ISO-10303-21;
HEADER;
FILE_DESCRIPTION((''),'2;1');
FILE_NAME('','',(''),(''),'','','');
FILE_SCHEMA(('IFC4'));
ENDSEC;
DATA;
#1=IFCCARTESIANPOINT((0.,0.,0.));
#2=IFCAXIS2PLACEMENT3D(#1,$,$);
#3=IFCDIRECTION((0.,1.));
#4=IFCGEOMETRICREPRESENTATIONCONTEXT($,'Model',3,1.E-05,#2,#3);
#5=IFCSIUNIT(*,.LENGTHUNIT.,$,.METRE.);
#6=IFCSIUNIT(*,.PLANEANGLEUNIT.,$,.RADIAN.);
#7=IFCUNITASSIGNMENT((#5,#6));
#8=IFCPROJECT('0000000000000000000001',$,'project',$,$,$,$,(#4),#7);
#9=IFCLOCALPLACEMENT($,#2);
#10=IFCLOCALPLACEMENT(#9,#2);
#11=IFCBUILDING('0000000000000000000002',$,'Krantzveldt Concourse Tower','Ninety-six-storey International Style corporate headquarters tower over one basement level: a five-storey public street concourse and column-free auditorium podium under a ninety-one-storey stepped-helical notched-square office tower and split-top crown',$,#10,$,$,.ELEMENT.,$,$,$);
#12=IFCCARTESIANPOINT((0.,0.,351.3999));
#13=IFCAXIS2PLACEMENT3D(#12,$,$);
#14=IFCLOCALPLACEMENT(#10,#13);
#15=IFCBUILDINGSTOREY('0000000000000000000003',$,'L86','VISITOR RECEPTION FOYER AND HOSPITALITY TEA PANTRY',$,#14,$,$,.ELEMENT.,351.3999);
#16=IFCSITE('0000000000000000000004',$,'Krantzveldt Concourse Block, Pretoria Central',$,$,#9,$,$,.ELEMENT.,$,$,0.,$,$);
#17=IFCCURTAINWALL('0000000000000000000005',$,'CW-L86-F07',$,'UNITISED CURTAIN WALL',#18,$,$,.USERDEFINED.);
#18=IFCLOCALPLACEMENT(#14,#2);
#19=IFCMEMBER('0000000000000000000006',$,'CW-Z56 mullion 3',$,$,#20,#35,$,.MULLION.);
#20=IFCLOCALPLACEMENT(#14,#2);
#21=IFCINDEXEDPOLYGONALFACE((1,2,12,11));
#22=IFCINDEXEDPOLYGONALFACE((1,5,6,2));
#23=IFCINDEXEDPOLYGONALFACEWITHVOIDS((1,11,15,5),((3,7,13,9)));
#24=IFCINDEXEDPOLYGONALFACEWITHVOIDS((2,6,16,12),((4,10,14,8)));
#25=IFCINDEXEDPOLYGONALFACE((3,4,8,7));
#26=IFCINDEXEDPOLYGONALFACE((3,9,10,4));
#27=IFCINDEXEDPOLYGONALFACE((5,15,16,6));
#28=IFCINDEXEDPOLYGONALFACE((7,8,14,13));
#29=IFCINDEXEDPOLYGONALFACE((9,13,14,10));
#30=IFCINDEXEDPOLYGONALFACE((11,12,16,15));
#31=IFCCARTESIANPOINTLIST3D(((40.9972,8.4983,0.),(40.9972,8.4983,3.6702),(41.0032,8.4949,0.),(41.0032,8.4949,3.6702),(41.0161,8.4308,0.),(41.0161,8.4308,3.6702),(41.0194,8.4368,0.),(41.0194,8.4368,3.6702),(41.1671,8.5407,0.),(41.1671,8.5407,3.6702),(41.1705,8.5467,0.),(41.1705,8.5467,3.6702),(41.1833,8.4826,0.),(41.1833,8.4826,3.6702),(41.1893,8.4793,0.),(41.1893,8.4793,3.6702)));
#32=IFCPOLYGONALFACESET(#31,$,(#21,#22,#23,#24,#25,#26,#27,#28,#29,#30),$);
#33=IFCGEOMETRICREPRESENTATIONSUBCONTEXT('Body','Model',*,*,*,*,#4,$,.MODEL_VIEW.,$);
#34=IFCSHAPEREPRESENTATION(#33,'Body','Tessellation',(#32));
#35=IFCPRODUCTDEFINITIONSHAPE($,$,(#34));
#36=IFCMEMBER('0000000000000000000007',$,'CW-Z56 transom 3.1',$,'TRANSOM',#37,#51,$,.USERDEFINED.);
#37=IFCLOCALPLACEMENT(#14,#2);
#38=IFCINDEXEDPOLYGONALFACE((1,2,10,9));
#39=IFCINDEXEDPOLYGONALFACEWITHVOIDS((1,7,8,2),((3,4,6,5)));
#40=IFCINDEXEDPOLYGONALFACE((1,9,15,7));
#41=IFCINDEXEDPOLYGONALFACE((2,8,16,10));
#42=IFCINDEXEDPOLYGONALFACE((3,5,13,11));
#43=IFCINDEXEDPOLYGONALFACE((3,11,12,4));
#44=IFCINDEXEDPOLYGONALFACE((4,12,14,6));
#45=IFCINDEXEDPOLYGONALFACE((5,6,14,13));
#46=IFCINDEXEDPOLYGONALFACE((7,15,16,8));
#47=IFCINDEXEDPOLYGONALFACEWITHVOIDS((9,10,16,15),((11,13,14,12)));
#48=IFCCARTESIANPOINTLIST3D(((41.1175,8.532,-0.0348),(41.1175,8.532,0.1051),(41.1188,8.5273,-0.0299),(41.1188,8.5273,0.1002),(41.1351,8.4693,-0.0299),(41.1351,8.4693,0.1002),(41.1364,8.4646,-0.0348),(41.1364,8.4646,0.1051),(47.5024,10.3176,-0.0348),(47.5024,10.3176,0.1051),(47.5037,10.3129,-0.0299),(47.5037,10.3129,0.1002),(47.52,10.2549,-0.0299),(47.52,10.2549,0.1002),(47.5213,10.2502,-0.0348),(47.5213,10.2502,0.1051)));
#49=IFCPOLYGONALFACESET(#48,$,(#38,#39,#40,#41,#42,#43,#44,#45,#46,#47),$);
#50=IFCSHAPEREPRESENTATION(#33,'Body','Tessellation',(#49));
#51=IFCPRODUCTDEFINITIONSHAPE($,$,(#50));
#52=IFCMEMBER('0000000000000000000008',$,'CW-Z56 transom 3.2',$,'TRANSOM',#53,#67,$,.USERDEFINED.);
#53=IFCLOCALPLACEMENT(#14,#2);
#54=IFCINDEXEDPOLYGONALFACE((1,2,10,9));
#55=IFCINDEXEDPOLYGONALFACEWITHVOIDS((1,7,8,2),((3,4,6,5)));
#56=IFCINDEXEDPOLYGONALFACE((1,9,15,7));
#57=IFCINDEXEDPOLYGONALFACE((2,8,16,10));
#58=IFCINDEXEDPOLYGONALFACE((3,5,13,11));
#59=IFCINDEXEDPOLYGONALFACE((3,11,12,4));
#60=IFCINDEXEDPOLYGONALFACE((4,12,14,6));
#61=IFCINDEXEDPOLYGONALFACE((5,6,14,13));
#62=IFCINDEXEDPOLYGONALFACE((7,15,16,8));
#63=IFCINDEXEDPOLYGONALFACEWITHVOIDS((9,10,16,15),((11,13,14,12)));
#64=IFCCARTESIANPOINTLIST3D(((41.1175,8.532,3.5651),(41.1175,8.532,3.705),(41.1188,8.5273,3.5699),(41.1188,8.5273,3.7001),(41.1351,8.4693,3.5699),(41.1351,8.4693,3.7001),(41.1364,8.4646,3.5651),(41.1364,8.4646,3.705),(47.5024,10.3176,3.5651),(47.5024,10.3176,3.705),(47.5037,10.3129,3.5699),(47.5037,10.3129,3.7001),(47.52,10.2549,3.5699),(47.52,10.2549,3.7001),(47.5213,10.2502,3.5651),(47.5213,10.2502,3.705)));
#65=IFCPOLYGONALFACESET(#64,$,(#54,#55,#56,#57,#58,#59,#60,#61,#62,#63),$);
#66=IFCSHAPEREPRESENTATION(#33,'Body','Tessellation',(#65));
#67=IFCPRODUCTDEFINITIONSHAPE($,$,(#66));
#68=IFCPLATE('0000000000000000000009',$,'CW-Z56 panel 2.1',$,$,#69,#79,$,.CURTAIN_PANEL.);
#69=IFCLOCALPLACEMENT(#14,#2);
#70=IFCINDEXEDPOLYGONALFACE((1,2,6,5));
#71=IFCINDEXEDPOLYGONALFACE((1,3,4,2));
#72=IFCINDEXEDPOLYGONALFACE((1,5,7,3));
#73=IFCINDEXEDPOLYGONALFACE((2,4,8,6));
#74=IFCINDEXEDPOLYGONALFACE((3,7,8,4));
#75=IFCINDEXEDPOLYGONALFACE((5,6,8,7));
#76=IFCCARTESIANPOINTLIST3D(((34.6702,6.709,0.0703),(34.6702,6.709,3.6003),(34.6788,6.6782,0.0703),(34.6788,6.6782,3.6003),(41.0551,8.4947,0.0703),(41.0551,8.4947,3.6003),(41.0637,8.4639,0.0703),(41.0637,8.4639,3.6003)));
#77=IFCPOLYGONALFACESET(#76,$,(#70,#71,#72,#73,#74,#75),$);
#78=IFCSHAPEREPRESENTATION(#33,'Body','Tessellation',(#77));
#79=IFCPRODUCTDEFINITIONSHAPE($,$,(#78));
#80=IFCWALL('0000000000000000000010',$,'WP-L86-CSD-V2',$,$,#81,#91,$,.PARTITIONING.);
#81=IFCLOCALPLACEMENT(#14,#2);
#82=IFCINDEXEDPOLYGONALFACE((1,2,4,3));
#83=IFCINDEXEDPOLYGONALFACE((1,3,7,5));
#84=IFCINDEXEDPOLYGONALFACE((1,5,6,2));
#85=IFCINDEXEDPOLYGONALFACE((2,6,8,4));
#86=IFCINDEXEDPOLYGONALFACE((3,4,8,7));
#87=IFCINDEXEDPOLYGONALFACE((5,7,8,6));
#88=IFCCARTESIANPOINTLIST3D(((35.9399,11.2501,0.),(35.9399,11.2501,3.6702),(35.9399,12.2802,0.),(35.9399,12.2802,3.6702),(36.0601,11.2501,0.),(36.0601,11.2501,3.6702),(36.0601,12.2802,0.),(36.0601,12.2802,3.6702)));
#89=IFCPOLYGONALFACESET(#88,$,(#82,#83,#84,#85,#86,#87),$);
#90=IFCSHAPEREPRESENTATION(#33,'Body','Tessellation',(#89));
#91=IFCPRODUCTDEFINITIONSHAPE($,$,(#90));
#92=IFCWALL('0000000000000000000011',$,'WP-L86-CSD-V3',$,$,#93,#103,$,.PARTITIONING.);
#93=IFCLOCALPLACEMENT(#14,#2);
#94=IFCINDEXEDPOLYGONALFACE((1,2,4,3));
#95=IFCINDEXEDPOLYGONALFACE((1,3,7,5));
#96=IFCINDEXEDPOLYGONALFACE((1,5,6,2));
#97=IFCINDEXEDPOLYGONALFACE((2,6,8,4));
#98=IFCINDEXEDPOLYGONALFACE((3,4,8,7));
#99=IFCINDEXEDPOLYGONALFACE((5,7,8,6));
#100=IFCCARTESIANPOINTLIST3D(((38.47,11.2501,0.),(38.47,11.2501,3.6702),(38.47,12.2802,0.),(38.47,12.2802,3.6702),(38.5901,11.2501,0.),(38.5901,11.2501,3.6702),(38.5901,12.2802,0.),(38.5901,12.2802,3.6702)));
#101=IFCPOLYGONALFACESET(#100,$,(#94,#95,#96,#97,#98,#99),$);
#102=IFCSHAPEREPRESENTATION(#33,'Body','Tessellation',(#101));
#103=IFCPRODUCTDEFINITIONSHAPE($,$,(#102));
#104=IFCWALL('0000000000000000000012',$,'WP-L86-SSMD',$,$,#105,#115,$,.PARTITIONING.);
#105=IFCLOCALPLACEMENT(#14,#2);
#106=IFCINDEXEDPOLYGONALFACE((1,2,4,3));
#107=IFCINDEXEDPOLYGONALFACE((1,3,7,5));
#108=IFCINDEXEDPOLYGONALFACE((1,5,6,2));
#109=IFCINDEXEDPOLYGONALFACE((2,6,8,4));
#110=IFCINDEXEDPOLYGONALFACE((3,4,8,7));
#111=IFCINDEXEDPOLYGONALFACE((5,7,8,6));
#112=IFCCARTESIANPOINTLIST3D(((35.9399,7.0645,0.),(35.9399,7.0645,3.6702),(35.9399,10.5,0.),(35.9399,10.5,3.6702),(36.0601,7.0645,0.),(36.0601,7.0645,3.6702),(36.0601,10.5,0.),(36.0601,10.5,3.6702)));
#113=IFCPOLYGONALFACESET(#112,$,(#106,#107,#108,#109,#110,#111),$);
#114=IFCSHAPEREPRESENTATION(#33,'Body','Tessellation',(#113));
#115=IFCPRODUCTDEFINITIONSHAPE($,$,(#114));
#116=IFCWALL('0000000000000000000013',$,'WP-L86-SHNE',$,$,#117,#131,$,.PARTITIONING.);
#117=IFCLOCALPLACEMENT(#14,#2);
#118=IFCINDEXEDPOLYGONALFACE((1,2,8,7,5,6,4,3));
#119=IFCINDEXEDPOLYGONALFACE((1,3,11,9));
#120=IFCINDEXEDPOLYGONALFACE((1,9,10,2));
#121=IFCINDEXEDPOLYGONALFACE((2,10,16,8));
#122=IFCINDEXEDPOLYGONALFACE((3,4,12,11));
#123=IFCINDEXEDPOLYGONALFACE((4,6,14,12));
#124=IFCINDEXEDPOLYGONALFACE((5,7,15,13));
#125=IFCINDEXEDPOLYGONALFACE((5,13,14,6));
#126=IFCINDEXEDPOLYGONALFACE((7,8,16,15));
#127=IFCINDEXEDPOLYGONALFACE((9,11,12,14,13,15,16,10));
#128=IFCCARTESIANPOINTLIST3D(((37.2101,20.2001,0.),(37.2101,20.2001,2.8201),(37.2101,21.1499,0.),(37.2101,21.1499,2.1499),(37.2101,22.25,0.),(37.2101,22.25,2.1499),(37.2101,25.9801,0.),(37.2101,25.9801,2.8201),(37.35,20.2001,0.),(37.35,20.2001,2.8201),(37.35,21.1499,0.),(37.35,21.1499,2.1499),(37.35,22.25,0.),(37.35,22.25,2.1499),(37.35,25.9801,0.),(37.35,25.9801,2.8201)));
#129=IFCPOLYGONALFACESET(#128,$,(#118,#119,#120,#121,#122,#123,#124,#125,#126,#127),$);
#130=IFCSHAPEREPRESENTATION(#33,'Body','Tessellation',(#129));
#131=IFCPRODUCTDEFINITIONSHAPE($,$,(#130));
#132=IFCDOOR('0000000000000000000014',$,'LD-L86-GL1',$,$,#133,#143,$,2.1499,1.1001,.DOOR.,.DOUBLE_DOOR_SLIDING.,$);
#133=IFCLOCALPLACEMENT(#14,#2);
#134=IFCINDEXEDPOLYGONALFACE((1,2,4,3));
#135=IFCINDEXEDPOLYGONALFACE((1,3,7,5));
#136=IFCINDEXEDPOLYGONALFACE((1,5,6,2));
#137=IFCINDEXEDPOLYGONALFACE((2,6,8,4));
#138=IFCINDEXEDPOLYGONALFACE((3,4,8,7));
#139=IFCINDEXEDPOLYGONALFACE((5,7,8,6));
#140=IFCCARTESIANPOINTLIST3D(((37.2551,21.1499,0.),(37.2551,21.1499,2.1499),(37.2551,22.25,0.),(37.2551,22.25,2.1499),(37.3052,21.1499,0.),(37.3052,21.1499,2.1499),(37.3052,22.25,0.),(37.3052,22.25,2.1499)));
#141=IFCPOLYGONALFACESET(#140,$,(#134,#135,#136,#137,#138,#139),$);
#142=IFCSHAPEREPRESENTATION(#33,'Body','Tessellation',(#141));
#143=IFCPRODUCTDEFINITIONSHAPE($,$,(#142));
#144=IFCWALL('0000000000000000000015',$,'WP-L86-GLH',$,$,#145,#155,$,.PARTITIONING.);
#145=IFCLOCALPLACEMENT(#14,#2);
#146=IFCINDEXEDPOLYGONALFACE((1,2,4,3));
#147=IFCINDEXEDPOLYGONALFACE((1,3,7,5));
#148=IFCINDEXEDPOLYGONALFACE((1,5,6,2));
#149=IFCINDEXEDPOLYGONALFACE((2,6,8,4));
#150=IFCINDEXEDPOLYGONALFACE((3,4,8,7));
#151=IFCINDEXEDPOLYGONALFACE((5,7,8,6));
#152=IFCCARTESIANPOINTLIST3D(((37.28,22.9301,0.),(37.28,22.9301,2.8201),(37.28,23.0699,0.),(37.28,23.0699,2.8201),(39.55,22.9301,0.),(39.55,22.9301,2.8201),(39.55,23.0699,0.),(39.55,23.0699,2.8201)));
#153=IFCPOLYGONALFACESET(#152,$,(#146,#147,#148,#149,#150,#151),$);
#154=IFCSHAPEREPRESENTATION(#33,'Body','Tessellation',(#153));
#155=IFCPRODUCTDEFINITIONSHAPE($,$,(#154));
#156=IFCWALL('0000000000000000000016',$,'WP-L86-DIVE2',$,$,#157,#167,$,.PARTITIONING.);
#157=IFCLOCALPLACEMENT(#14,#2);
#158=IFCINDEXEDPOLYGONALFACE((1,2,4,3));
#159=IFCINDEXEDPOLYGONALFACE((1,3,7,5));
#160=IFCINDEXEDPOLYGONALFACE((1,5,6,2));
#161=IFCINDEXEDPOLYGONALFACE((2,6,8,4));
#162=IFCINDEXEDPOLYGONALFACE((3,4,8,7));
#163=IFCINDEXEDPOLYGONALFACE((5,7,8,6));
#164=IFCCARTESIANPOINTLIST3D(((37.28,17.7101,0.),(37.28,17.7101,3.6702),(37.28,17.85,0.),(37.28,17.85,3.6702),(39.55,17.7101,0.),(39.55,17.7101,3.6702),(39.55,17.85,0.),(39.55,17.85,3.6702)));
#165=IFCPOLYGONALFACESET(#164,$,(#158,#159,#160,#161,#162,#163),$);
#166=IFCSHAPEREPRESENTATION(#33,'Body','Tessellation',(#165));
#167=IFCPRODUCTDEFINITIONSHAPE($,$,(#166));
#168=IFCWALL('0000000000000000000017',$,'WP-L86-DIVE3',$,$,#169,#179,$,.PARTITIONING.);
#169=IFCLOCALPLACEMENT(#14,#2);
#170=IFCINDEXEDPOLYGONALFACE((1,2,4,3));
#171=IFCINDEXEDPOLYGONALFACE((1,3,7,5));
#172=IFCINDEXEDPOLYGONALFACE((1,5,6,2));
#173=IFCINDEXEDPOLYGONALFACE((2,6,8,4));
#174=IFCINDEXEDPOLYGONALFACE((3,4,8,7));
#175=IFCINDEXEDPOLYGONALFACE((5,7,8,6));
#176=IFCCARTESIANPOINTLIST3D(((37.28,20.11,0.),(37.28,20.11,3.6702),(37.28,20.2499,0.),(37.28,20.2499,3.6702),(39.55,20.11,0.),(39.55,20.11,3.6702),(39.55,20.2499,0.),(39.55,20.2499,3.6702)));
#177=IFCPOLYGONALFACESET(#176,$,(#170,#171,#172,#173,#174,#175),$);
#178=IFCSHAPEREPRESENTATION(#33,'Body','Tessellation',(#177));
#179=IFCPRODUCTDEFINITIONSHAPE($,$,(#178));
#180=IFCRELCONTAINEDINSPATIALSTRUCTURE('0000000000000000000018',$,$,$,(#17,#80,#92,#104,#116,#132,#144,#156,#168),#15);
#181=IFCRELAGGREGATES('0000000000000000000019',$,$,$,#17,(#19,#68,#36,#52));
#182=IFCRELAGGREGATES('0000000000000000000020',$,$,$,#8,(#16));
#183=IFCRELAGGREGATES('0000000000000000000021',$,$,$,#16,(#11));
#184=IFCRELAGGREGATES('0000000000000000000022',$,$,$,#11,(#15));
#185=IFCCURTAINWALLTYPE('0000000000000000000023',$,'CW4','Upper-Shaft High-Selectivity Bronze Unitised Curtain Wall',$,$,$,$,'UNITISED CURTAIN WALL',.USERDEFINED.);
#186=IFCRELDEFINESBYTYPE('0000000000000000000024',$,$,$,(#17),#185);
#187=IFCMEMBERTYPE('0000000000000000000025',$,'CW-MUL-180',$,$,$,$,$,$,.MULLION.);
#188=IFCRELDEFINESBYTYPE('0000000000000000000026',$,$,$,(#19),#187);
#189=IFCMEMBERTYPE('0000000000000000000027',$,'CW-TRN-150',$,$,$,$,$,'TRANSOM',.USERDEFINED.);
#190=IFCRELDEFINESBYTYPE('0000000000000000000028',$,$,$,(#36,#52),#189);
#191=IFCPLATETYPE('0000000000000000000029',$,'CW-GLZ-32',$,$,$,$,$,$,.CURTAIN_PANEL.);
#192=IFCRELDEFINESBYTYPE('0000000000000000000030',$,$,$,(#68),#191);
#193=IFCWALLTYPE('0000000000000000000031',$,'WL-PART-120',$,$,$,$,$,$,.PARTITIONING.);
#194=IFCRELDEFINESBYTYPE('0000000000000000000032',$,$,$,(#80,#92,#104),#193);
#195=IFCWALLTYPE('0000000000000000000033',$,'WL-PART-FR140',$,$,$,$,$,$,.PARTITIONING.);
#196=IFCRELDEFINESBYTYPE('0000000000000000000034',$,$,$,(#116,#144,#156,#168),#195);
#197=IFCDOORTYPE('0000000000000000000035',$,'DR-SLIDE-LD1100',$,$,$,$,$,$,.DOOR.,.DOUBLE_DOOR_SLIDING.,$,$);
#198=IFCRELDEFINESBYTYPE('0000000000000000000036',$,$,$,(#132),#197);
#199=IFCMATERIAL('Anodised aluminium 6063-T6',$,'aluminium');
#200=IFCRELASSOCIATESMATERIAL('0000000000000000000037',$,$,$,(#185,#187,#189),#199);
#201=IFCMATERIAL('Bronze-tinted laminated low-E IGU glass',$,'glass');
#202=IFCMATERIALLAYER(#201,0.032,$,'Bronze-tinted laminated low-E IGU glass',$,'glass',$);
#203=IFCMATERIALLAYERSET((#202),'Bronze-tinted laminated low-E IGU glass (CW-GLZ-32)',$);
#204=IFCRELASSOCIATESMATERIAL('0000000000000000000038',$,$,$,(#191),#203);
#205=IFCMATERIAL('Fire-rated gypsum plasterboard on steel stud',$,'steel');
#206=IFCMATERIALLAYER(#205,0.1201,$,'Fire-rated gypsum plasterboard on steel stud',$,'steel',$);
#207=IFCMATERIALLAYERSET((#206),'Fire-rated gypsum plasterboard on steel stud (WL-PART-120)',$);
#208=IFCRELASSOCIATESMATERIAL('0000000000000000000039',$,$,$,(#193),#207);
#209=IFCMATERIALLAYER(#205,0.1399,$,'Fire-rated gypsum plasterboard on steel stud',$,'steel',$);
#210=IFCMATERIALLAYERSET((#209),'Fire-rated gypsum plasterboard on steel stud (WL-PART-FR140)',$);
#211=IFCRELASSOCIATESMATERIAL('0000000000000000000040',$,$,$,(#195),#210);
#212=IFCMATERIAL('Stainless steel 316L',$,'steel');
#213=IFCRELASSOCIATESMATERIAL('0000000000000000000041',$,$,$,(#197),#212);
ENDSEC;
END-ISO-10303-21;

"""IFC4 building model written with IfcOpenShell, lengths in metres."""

from ifc_helpers import new_model, si_unit, direction, frame, frame_2d, origin, origin_2d, place, context, subcontext, project, spatial, rectangle, hollow_rectangle, extrude, source, transform, mapped, material, layer, layer_set, material_profile, profile_set, type_object, type_shapes, element, fill, aggregate, save


model = new_model("IFC4")

# Units and contexts
model_context = context("Model", 3, precision=1e-05, world=origin(), true_north=direction((0.0, 1.0)))
body_context = subcontext(model_context, "Body", "Model", "MODEL_VIEW")
ifc_project = project(units=[si_unit("LENGTHUNIT", "METRE"), si_unit("PLANEANGLEUNIT", "RADIAN")], contexts=[model_context])

# Site, building, storey
site_placement = place(None, origin())
site = spatial("IfcSite", under=ifc_project, at=site_placement, Name="Krantzveldt Concourse Block, Pretoria Central", CompositionType="ELEMENT", RefElevation=0.0)
building_placement = place(site_placement, origin())
building = spatial("IfcBuilding", under=site, at=building_placement, Name="Krantzveldt Concourse Tower", Description="Ninety-six-storey International Style corporate headquarters tower over one basement level: a five-storey public street concourse and column-free auditorium podium under a ninety-one-storey stepped-helical notched-square office tower and split-top crown", CompositionType="ELEMENT")
storey_placement = place(building_placement, frame((0.0, 0.0, 351.3999)))
storey = spatial("IfcBuildingStorey", under=building, at=storey_placement, Name="L86", Description="VISITOR RECEPTION FOYER AND HOSPITALITY TEA PANTRY", CompositionType="ELEMENT", Elevation=351.3999)

# Curtain wall, members, plate
ifc_material_1 = material(Name="Anodised aluminium 6063-T6", Category="aluminium")
curtain_wall_type = type_object("IfcCurtainWallType", Name="CW4", Description="Upper-Shaft High-Selectivity Bronze Unitised Curtain Wall", ElementType="UNITISED CURTAIN WALL", PredefinedType="USERDEFINED", material=ifc_material_1)
curtain_wall_placement = place(storey_placement, origin())
curtain_wall = element("IfcCurtainWall", 1, at=curtain_wall_placement, inside=storey, type_object=curtain_wall_type, Name="CW-L86-F07", ObjectType="UNITISED CURTAIN WALL", PredefinedType="USERDEFINED")
ifc_material_profile_1 = material_profile(ifc_material_1, hollow_rectangle(XDim=0.0701, YDim=0.1799, WallThickness=0.0049, at=origin_2d()), Name="Anodised aluminium 6063-T6", Category="aluminium")
ifc_profile_set_1 = profile_set([ifc_material_profile_1], Name="Anodised aluminium 6063-T6 - ALU-MULL 180x70x5")
member_type_1 = type_object("IfcMemberType", Name="CW-MUL-180", PredefinedType="MULLION", material=ifc_profile_set_1)
shared_shape_1 = source(origin(), body_context, "Body", "SweptSolid", [
    extrude(hollow_rectangle(XDim=0.0701, YDim=0.1799, WallThickness=0.0049, at=origin_2d()), origin(), (0.0, 0.0, 1.0), 3.6702),
])
type_shapes(member_type_1, [shared_shape_1])
member_1_placement = place(storey_placement, frame((41.0933, 8.4888, 0.0), z_axis=(0.0, 0.0, 1.0), x_axis=(-0.26934, 0.963045, 0.0)))
member_1 = element("IfcMember", 2, at=member_1_placement, type_object=member_type_1, Name="CW-Z56 mullion 3", PredefinedType="MULLION", context=body_context, shape_type="MappedRepresentation", body=[
    mapped(shared_shape_1, transform((0.0, 0.0, 0.0), x_axis=(1.0, 0.0, 0.0), y_axis=(0.0, 1.0, 0.0), z_axis=(0.0, 0.0, 1.0), scale=1.0)),
])
ifc_material_profile_2 = material_profile(ifc_material_1, hollow_rectangle(XDim=0.0701, YDim=0.1399, WallThickness=0.0049, at=origin_2d()), Name="Anodised aluminium 6063-T6", Category="aluminium")
ifc_profile_set_2 = profile_set([ifc_material_profile_2], Name="Anodised aluminium 6063-T6 - ALU-TRAN 140x70x5")
member_type_2 = type_object("IfcMemberType", Name="CW-TRN-150", ElementType="TRANSOM", PredefinedType="USERDEFINED", material=ifc_profile_set_2)
shared_shape_2 = source(origin(), body_context, "Body", "SweptSolid", [
    extrude(hollow_rectangle(XDim=0.0701, YDim=0.1399, WallThickness=0.0049, at=origin_2d()), origin(), (0.0, 0.0, 1.0), 6.6299),
])
type_shapes(member_type_2, [shared_shape_2])
member_2_placement = place(storey_placement, frame((41.127, 8.4983, 0.0352), z_axis=(0.963048, 0.269328, 0.0), x_axis=(-0.269328, 0.963048, 0.0)))
member_2 = element("IfcMember", 3, at=member_2_placement, type_object=member_type_2, Name="CW-Z56 transom 3.1", ObjectType="TRANSOM", PredefinedType="USERDEFINED", context=body_context, shape_type="MappedRepresentation", body=[
    mapped(shared_shape_2, transform((0.0, 0.0, 0.0), x_axis=(1.0, 0.0, 0.0), y_axis=(0.0, 1.0, 0.0), z_axis=(0.0, 0.0, 1.0), scale=1.0)),
])
member_3_placement = place(storey_placement, frame((41.127, 8.4983, 3.635), z_axis=(0.963048, 0.269328, 0.0), x_axis=(-0.269328, 0.963048, 0.0)))
member_3 = element("IfcMember", 4, at=member_3_placement, type_object=member_type_2, Name="CW-Z56 transom 3.2", ObjectType="TRANSOM", PredefinedType="USERDEFINED", context=body_context, shape_type="MappedRepresentation", body=[
    mapped(shared_shape_2, transform((0.0, 0.0, 0.0), x_axis=(1.0, 0.0, 0.0), y_axis=(0.0, 1.0, 0.0), z_axis=(0.0, 0.0, 1.0), scale=1.0)),
])
ifc_material_2 = material(Name="Bronze-tinted laminated low-E IGU glass", Category="glass")
ifc_layer_1 = layer(ifc_material_2, 0.032, Name="Bronze-tinted laminated low-E IGU glass", Category="glass")
ifc_layer_set_1 = layer_set([ifc_layer_1], Name="Bronze-tinted laminated low-E IGU glass (CW-GLZ-32)")
plate_type = type_object("IfcPlateType", Name="CW-GLZ-32", PredefinedType="CURTAIN_PANEL", material=ifc_layer_set_1)
shared_shape_3 = source(origin(), body_context, "Body", "SweptSolid", [
    extrude(rectangle(XDim=6.6299, YDim=0.032, at=origin_2d()), origin(), (0.0, 0.0, 1.0), 3.53),
])
type_shapes(plate_type, [shared_shape_3])
plate_placement = place(storey_placement, frame((37.8669, 7.5864, 0.0703), z_axis=(0.0, 0.0, 1.0), x_axis=(0.963045, 0.26934, 0.0)))
plate = element("IfcPlate", 5, at=plate_placement, type_object=plate_type, Name="CW-Z56 panel 2.1", PredefinedType="CURTAIN_PANEL", context=body_context, shape_type="MappedRepresentation", body=[
    mapped(shared_shape_3, transform((0.0, 0.0, 0.0), x_axis=(1.0, 0.0, 0.0), y_axis=(0.0, 1.0, 0.0), z_axis=(0.0, 0.0, 1.0), scale=1.0)),
])
aggregate(curtain_wall, [member_1, plate, member_2, member_3])

# Walls
ifc_material_3 = material(Name="Fire-rated gypsum plasterboard on steel stud", Category="steel")
ifc_layer_2 = layer(ifc_material_3, 0.1201, Name="Fire-rated gypsum plasterboard on steel stud", Category="steel")
ifc_layer_set_2 = layer_set([ifc_layer_2], Name="Fire-rated gypsum plasterboard on steel stud (WL-PART-120)")
wall_type_1 = type_object("IfcWallType", Name="WL-PART-120", PredefinedType="PARTITIONING", material=ifc_layer_set_2)
for number, where, z_axis, x_axis, name in (
    (6, (36.0, 11.25, 0.0), (0.0, 0.0, 1.0), (0.0, 1.0, 0.0), "WP-L86-CSD-V2"),
    (7, (38.53, 11.25, 0.0), (0.0, 0.0, 1.0), (0.0, 1.0, 0.0), "WP-L86-CSD-V3"),
):
    element("IfcWall", number, at=place(storey_placement, frame(where, z_axis=z_axis, x_axis=x_axis)), inside=storey, type_object=wall_type_1, Name=name, PredefinedType="PARTITIONING", context=body_context, shape_type="SweptSolid", body=[
        extrude(rectangle(XDim=1.03, YDim=0.1201, at=frame_2d((0.5151, 0.0))), origin(), (0.0, 0.0, 1.0), 3.6702),
    ])
wall_1_placement = place(storey_placement, frame((36.0, 7.0645, 0.0), z_axis=(0.0, 0.0, 1.0), x_axis=(0.0, 1.0, 0.0)))
element("IfcWall", 8, at=wall_1_placement, inside=storey, type_object=wall_type_1, Name="WP-L86-SSMD", PredefinedType="PARTITIONING", context=body_context, shape_type="SweptSolid", body=[
    extrude(rectangle(XDim=3.4355, YDim=0.1201, at=frame_2d((1.7178, 0.0))), origin(), (0.0, 0.0, 1.0), 3.6702),
])

# Wall, opening, door
ifc_layer_3 = layer(ifc_material_3, 0.1399, Name="Fire-rated gypsum plasterboard on steel stud", Category="steel")
ifc_layer_set_3 = layer_set([ifc_layer_3], Name="Fire-rated gypsum plasterboard on steel stud (WL-PART-FR140)")
wall_type_2 = type_object("IfcWallType", Name="WL-PART-FR140", PredefinedType="PARTITIONING", material=ifc_layer_set_3)
wall_2_placement = place(storey_placement, frame((37.28, 20.2, 0.0), z_axis=(0.0, 0.0, 1.0), x_axis=(0.0, 1.0, 0.0)))
wall_2 = element("IfcWall", 9, at=wall_2_placement, inside=storey, type_object=wall_type_2, Name="WP-L86-SHNE", PredefinedType="PARTITIONING", context=body_context, shape_type="SweptSolid", body=[
    extrude(rectangle(XDim=5.78, YDim=0.1399, at=frame_2d((2.8901, 0.0))), origin(), (0.0, 0.0, 1.0), 2.8201),
])
opening_1_placement = place(wall_2_placement, frame((0.95, 0.0, 0.0)))
opening_1 = element("IfcOpeningElement", 10, at=opening_1_placement, cuts=wall_2, PredefinedType="OPENING", context=body_context, shape_type="SweptSolid", body=[
    extrude(rectangle(XDim=1.1001, YDim=2.1499, at=frame_2d((0.55, 1.075))), frame((0.0, 0.0801, 0.0), z_axis=(0.0, -1.0, 0.0), x_axis=(1.0, 0.0, 0.0)), (0.0, 0.0, 1.0), 0.1599),
])
ifc_material_4 = material(Name="Stainless steel 316L", Category="steel")
door_type_1 = type_object("IfcDoorType", Name="DR-SLIDE-LD1100", OperationType="DOUBLE_DOOR_SLIDING", PredefinedType="DOOR", material=ifc_material_4)
door_1_placement = place(opening_1_placement, origin())
door_1 = element("IfcDoor", 11, at=door_1_placement, inside=storey, type_object=door_type_1, Name="LD-L86-GL1", OperationType="DOUBLE_DOOR_SLIDING", OverallHeight=2.1499, OverallWidth=1.1001, PredefinedType="DOOR", context=body_context, shape_type="SweptSolid", body=[
    extrude(rectangle(XDim=1.1001, YDim=2.1499, at=frame_2d((0.55, 1.075))), frame((0.0, 0.0249, 0.0), z_axis=(0.0, -1.0, 0.0), x_axis=(1.0, 0.0, 0.0)), (0.0, 0.0, 1.0), 0.05),
])
fill(opening_1, door_1)

# Wall
wall_3_placement = place(storey_placement, frame((37.28, 23.0, 0.0), z_axis=(0.0, 0.0, 1.0), x_axis=(1.0, 0.0, 0.0)))
element("IfcWall", 12, at=wall_3_placement, inside=storey, type_object=wall_type_2, Name="WP-L86-GLH", PredefinedType="PARTITIONING", context=body_context, shape_type="SweptSolid", body=[
    extrude(rectangle(XDim=2.27, YDim=0.1399, at=frame_2d((1.135, 0.0))), origin(), (0.0, 0.0, 1.0), 2.8201),
])

# Walls
for number, where, z_axis, x_axis, name in (
    (13, (37.28, 17.78, 0.0), (0.0, 0.0, 1.0), (1.0, 0.0, 0.0), "WP-L86-DIVE2"),
    (14, (37.28, 20.1799, 0.0), (0.0, 0.0, 1.0), (1.0, 0.0, 0.0), "WP-L86-DIVE3"),
):
    element("IfcWall", number, at=place(storey_placement, frame(where, z_axis=z_axis, x_axis=x_axis)), inside=storey, type_object=wall_type_2, Name=name, PredefinedType="PARTITIONING", context=body_context, shape_type="SweptSolid", body=[
        extrude(rectangle(XDim=2.27, YDim=0.1399, at=frame_2d((1.135, 0.0))), origin(), (0.0, 0.0, 1.0), 3.6702),
    ])

save(model, "model.ifc")
